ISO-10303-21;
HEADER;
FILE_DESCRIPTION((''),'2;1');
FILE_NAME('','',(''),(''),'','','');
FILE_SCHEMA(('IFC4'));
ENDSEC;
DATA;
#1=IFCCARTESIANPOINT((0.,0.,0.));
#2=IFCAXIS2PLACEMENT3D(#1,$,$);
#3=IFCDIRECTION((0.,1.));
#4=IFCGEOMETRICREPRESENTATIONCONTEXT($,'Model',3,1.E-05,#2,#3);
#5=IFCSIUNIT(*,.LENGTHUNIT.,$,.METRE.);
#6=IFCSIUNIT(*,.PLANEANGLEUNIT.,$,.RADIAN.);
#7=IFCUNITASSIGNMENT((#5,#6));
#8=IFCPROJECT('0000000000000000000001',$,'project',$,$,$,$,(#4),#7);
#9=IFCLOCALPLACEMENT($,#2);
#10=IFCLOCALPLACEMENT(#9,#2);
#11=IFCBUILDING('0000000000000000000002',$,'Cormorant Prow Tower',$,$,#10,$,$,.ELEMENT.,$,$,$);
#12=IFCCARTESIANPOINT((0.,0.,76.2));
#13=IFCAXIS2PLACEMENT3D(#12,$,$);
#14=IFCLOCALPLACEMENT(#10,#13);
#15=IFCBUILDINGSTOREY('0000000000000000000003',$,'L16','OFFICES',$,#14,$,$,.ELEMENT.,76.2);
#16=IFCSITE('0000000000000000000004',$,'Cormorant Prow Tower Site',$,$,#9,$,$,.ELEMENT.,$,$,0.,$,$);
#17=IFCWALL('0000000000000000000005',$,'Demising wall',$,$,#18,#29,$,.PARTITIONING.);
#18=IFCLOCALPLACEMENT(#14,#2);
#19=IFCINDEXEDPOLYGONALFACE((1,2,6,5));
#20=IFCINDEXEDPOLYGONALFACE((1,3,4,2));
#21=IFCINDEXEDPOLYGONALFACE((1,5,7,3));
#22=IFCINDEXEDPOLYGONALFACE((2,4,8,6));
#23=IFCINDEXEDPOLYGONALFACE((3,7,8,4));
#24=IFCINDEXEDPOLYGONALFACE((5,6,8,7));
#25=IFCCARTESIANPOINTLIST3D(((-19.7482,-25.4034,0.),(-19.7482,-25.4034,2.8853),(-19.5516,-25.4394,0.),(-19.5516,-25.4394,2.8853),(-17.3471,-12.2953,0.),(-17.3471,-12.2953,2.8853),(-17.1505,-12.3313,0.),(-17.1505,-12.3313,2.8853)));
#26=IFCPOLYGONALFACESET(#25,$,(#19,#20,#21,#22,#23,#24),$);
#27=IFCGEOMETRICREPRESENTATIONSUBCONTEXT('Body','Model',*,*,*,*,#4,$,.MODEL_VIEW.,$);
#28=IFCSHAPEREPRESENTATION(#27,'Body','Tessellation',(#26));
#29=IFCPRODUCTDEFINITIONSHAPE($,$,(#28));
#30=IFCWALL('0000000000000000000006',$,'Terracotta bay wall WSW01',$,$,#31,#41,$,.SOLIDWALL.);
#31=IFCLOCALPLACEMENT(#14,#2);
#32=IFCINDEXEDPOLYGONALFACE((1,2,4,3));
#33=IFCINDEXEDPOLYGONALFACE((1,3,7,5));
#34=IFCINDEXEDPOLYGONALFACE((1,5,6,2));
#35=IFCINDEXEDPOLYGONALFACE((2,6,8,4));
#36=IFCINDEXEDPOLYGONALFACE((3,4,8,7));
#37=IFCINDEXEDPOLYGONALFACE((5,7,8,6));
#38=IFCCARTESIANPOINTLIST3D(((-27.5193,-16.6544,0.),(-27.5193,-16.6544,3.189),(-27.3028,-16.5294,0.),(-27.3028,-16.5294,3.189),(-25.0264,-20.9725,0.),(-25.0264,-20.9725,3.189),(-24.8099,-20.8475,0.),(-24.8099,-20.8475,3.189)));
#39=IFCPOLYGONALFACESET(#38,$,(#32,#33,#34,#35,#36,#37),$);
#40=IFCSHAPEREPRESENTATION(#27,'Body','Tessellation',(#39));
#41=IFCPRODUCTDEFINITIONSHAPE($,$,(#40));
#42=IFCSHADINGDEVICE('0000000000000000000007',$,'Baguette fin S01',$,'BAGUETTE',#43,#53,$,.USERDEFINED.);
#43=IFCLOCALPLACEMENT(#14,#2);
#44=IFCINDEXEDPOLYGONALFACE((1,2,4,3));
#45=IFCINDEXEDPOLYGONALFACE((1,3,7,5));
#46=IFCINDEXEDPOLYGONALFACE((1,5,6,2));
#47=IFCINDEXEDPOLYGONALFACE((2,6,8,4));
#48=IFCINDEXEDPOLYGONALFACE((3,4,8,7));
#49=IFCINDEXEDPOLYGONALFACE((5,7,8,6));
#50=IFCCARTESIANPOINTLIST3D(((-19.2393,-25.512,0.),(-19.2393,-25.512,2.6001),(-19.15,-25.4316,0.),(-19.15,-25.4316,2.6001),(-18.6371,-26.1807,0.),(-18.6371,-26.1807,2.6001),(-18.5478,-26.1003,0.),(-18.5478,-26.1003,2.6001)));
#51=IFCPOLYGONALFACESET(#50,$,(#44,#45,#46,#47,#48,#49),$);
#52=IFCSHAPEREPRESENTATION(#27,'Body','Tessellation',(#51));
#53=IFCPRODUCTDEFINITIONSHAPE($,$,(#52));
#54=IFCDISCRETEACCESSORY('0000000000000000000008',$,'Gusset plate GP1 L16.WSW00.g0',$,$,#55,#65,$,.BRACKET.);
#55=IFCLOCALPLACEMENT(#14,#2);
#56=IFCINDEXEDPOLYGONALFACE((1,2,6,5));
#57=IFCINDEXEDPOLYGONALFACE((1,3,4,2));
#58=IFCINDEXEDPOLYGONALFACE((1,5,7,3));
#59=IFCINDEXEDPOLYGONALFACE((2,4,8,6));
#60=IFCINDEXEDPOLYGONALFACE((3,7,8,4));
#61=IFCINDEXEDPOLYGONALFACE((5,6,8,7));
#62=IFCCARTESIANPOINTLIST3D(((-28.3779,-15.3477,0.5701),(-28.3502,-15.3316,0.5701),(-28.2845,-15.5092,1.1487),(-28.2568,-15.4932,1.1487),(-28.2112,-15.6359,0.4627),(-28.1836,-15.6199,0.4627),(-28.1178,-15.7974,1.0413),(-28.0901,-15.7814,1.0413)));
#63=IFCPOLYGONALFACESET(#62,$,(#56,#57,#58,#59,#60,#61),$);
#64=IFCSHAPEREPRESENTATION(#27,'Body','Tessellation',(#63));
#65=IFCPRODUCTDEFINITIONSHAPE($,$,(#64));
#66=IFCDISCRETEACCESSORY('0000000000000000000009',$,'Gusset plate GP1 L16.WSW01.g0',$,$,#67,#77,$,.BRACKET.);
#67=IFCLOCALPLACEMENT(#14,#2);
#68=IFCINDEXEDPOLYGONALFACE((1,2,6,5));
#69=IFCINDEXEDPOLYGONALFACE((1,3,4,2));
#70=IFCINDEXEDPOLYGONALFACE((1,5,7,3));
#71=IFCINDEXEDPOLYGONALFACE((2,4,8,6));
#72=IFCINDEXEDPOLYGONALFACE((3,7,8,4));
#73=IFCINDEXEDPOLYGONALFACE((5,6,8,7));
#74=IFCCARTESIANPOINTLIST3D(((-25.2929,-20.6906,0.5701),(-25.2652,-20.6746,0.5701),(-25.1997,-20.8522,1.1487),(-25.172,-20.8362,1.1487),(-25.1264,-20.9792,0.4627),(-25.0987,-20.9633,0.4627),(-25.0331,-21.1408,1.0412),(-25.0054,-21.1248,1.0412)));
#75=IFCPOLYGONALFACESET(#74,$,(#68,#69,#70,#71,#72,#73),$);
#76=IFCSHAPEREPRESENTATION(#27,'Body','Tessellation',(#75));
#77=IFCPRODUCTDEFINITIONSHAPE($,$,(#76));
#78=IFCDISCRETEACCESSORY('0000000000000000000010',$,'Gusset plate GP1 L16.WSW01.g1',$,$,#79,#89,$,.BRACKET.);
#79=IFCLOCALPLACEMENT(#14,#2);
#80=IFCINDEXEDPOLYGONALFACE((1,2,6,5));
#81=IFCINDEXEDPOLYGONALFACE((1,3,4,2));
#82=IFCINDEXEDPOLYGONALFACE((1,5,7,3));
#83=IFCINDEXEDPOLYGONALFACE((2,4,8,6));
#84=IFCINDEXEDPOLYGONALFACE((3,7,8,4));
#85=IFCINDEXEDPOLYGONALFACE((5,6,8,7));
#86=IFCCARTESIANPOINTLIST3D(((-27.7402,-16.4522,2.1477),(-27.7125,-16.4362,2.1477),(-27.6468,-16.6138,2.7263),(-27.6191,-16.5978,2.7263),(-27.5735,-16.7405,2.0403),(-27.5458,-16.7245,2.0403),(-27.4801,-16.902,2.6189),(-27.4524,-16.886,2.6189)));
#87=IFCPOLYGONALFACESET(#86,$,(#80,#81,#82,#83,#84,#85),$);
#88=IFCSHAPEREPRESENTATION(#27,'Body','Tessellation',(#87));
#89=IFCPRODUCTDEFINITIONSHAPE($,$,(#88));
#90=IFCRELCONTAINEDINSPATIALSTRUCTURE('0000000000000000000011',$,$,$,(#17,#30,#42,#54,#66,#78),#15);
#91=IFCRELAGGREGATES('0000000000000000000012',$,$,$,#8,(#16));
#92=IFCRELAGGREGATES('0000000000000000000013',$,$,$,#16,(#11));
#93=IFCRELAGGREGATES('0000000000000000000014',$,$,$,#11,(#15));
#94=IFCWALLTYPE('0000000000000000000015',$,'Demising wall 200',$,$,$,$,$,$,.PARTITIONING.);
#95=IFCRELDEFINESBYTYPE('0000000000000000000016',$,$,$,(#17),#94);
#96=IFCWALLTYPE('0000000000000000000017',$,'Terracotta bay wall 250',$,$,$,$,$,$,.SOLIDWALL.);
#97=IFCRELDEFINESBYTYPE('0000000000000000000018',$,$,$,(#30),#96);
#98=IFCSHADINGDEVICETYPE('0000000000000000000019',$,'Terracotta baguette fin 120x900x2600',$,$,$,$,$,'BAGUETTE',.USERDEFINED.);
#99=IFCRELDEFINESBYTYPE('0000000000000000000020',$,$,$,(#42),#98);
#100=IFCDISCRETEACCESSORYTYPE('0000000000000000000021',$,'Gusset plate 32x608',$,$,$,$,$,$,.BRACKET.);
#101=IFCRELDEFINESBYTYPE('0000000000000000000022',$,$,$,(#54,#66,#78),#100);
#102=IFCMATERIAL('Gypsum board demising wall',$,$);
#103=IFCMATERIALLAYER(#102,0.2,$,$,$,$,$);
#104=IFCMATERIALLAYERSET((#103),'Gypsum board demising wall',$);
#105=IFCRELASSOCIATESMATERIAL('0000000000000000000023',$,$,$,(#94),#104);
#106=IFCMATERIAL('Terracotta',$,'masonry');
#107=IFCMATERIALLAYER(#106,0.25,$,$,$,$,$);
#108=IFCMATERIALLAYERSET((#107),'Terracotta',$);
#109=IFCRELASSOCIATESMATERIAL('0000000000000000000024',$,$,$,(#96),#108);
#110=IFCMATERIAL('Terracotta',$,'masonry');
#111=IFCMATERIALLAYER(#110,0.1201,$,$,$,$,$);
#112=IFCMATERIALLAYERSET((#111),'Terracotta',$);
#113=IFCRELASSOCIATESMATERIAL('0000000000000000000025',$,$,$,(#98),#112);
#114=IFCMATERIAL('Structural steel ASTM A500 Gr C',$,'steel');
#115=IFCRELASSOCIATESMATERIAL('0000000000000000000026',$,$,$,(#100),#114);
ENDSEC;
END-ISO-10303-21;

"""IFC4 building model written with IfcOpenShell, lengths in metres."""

from ifc_helpers import new_model, si_unit, direction, frame, frame_2d, origin, origin_2d, place, context, subcontext, project, spatial, rectangle, extrude, material, layer, layer_set, material_profile, profile_set, type_object, element, save


model = new_model("IFC4")

# Units and contexts
model_context = context("Model", 3, precision=1e-05, world=origin(), true_north=direction((0.0, 1.0)))
body_context = subcontext(model_context, "Body", "Model", "MODEL_VIEW")
ifc_project = project(units=[si_unit("LENGTHUNIT", "METRE"), si_unit("PLANEANGLEUNIT", "RADIAN")], contexts=[model_context])

# Site, building, storey
site_placement = place(None, origin())
site = spatial("IfcSite", under=ifc_project, at=site_placement, Name="Cormorant Prow Tower Site", CompositionType="ELEMENT", RefElevation=0.0)
building_placement = place(site_placement, origin())
building = spatial("IfcBuilding", under=site, at=building_placement, Name="Cormorant Prow Tower", CompositionType="ELEMENT")
storey_placement = place(building_placement, frame((0.0, 0.0, 76.2)))
storey = spatial("IfcBuildingStorey", under=building, at=storey_placement, Name="L16", Description="OFFICES", CompositionType="ELEMENT", Elevation=76.2)

# Walls
ifc_material_1 = material(Name="Gypsum board demising wall")
ifc_layer_1 = layer(ifc_material_1, 0.2)
ifc_layer_set_1 = layer_set([ifc_layer_1], Name="Gypsum board demising wall")
wall_type_1 = type_object("IfcWallType", Name="Demising wall 200", PredefinedType="PARTITIONING", material=ifc_layer_set_1)
wall_1_placement = place(storey_placement, frame((-19.6499, -25.4214, 0.0), z_axis=(0.0, 0.0, 1.0), x_axis=(0.18018, 0.983634, 0.0)))
element("IfcWall", 1, at=wall_1_placement, inside=storey, type_object=wall_type_1, Name="Demising wall", PredefinedType="PARTITIONING", context=body_context, shape_type="SweptSolid", body=[
    extrude(rectangle(XDim=13.3262, YDim=0.2, at=frame_2d((6.6631, 0.0))), origin(), (0.0, 0.0, 1.0), 2.8853),
])
ifc_material_2 = material(Name="Terracotta", Category="masonry")
ifc_layer_2 = layer(ifc_material_2, 0.25)
ifc_layer_set_2 = layer_set([ifc_layer_2], Name="Terracotta")
wall_type_2 = type_object("IfcWallType", Name="Terracotta bay wall 250", PredefinedType="SOLIDWALL", material=ifc_layer_set_2)
wall_2_placement = place(storey_placement, frame((-27.4111, -16.5918, 0.0), z_axis=(0.0, 0.0, 1.0), x_axis=(0.499978, -0.866038, 0.0)))
element("IfcWall", 2, at=wall_2_placement, inside=storey, type_object=wall_type_2, Name="Terracotta bay wall WSW01", PredefinedType="SOLIDWALL", context=body_context, shape_type="SweptSolid", body=[
    extrude(rectangle(XDim=4.9861, YDim=0.25, at=frame_2d((2.4932, 0.0))), origin(), (0.0, 0.0, 1.0), 3.189),
])

# Shading device
ifc_material_3 = material(Name="Terracotta", Category="masonry")
ifc_layer_3 = layer(ifc_material_3, 0.1201)
ifc_layer_set_3 = layer_set([ifc_layer_3], Name="Terracotta")
shading_device_type = type_object("IfcShadingDeviceType", Name="Terracotta baguette fin 120x900x2600", ElementType="BAGUETTE", PredefinedType="USERDEFINED", material=ifc_layer_set_3)
shading_device_placement = place(storey_placement, frame((-18.8936, -25.8062, 0.0), z_axis=(0.0, 0.0, 1.0), x_axis=(0.743145, 0.669131, 0.0)))
element("IfcShadingDevice", 3, at=shading_device_placement, inside=storey, type_object=shading_device_type, Name="Baguette fin S01", ObjectType="BAGUETTE", PredefinedType="USERDEFINED", context=body_context, shape_type="SweptSolid", body=[
    extrude(rectangle(XDim=0.1201, YDim=0.8999, at=origin_2d()), origin(), (0.0, 0.0, 1.0), 2.6001),
])

# Discrete accessories
ifc_material_4 = material(Name="Structural steel ASTM A500 Gr C", Category="steel")
ifc_material_profile_1 = material_profile(ifc_material_4, rectangle(XDim=0.032, YDim=0.6079, at=origin_2d()), Name="Gusset plate 32x608")
ifc_profile_set_1 = profile_set([ifc_material_profile_1], Name="Structural steel ASTM A500 Gr C")
discrete_accessory_type = type_object("IfcDiscreteAccessoryType", Name="Gusset plate 32x608", PredefinedType="BRACKET", material=ifc_profile_set_1)
discrete_accessory_1_placement = place(storey_placement, frame((-28.3174, -15.4204, 0.8594), z_axis=(0.476465, -0.823872, -0.306946), x_axis=(0.86566, 0.500632, 0.0)))
element("IfcDiscreteAccessory", 4, at=discrete_accessory_1_placement, inside=storey, type_object=discrete_accessory_type, Name="Gusset plate GP1 L16.WSW00.g0", PredefinedType="BRACKET", context=body_context, shape_type="SweptSolid", body=[
    extrude(rectangle(XDim=0.032, YDim=0.6079, at=origin_2d()), origin(), (0.0, 0.0, 1.0), 0.3499),
])
discrete_accessory_2_placement = place(storey_placement, frame((-25.2324, -20.7634, 0.8594), z_axis=(0.475652, -0.82437, -0.306872), x_axis=(0.866161, 0.499765, 0.0)))
element("IfcDiscreteAccessory", 5, at=discrete_accessory_2_placement, inside=storey, type_object=discrete_accessory_type, Name="Gusset plate GP1 L16.WSW01.g0", PredefinedType="BRACKET", context=body_context, shape_type="SweptSolid", body=[
    extrude(rectangle(XDim=0.032, YDim=0.6079, at=origin_2d()), origin(), (0.0, 0.0, 1.0), 0.3501),
])
discrete_accessory_3_placement = place(storey_placement, frame((-27.5129, -16.8132, 2.3296), z_axis=(-0.476465, 0.823872, 0.306946), x_axis=(-0.86566, -0.500632, 0.0)))
element("IfcDiscreteAccessory", 6, at=discrete_accessory_3_placement, inside=storey, type_object=discrete_accessory_type, Name="Gusset plate GP1 L16.WSW01.g1", PredefinedType="BRACKET", context=body_context, shape_type="SweptSolid", body=[
    extrude(rectangle(XDim=0.032, YDim=0.6079, at=origin_2d()), origin(), (0.0, 0.0, 1.0), 0.3499),
])

save(model, "model.ifc")
